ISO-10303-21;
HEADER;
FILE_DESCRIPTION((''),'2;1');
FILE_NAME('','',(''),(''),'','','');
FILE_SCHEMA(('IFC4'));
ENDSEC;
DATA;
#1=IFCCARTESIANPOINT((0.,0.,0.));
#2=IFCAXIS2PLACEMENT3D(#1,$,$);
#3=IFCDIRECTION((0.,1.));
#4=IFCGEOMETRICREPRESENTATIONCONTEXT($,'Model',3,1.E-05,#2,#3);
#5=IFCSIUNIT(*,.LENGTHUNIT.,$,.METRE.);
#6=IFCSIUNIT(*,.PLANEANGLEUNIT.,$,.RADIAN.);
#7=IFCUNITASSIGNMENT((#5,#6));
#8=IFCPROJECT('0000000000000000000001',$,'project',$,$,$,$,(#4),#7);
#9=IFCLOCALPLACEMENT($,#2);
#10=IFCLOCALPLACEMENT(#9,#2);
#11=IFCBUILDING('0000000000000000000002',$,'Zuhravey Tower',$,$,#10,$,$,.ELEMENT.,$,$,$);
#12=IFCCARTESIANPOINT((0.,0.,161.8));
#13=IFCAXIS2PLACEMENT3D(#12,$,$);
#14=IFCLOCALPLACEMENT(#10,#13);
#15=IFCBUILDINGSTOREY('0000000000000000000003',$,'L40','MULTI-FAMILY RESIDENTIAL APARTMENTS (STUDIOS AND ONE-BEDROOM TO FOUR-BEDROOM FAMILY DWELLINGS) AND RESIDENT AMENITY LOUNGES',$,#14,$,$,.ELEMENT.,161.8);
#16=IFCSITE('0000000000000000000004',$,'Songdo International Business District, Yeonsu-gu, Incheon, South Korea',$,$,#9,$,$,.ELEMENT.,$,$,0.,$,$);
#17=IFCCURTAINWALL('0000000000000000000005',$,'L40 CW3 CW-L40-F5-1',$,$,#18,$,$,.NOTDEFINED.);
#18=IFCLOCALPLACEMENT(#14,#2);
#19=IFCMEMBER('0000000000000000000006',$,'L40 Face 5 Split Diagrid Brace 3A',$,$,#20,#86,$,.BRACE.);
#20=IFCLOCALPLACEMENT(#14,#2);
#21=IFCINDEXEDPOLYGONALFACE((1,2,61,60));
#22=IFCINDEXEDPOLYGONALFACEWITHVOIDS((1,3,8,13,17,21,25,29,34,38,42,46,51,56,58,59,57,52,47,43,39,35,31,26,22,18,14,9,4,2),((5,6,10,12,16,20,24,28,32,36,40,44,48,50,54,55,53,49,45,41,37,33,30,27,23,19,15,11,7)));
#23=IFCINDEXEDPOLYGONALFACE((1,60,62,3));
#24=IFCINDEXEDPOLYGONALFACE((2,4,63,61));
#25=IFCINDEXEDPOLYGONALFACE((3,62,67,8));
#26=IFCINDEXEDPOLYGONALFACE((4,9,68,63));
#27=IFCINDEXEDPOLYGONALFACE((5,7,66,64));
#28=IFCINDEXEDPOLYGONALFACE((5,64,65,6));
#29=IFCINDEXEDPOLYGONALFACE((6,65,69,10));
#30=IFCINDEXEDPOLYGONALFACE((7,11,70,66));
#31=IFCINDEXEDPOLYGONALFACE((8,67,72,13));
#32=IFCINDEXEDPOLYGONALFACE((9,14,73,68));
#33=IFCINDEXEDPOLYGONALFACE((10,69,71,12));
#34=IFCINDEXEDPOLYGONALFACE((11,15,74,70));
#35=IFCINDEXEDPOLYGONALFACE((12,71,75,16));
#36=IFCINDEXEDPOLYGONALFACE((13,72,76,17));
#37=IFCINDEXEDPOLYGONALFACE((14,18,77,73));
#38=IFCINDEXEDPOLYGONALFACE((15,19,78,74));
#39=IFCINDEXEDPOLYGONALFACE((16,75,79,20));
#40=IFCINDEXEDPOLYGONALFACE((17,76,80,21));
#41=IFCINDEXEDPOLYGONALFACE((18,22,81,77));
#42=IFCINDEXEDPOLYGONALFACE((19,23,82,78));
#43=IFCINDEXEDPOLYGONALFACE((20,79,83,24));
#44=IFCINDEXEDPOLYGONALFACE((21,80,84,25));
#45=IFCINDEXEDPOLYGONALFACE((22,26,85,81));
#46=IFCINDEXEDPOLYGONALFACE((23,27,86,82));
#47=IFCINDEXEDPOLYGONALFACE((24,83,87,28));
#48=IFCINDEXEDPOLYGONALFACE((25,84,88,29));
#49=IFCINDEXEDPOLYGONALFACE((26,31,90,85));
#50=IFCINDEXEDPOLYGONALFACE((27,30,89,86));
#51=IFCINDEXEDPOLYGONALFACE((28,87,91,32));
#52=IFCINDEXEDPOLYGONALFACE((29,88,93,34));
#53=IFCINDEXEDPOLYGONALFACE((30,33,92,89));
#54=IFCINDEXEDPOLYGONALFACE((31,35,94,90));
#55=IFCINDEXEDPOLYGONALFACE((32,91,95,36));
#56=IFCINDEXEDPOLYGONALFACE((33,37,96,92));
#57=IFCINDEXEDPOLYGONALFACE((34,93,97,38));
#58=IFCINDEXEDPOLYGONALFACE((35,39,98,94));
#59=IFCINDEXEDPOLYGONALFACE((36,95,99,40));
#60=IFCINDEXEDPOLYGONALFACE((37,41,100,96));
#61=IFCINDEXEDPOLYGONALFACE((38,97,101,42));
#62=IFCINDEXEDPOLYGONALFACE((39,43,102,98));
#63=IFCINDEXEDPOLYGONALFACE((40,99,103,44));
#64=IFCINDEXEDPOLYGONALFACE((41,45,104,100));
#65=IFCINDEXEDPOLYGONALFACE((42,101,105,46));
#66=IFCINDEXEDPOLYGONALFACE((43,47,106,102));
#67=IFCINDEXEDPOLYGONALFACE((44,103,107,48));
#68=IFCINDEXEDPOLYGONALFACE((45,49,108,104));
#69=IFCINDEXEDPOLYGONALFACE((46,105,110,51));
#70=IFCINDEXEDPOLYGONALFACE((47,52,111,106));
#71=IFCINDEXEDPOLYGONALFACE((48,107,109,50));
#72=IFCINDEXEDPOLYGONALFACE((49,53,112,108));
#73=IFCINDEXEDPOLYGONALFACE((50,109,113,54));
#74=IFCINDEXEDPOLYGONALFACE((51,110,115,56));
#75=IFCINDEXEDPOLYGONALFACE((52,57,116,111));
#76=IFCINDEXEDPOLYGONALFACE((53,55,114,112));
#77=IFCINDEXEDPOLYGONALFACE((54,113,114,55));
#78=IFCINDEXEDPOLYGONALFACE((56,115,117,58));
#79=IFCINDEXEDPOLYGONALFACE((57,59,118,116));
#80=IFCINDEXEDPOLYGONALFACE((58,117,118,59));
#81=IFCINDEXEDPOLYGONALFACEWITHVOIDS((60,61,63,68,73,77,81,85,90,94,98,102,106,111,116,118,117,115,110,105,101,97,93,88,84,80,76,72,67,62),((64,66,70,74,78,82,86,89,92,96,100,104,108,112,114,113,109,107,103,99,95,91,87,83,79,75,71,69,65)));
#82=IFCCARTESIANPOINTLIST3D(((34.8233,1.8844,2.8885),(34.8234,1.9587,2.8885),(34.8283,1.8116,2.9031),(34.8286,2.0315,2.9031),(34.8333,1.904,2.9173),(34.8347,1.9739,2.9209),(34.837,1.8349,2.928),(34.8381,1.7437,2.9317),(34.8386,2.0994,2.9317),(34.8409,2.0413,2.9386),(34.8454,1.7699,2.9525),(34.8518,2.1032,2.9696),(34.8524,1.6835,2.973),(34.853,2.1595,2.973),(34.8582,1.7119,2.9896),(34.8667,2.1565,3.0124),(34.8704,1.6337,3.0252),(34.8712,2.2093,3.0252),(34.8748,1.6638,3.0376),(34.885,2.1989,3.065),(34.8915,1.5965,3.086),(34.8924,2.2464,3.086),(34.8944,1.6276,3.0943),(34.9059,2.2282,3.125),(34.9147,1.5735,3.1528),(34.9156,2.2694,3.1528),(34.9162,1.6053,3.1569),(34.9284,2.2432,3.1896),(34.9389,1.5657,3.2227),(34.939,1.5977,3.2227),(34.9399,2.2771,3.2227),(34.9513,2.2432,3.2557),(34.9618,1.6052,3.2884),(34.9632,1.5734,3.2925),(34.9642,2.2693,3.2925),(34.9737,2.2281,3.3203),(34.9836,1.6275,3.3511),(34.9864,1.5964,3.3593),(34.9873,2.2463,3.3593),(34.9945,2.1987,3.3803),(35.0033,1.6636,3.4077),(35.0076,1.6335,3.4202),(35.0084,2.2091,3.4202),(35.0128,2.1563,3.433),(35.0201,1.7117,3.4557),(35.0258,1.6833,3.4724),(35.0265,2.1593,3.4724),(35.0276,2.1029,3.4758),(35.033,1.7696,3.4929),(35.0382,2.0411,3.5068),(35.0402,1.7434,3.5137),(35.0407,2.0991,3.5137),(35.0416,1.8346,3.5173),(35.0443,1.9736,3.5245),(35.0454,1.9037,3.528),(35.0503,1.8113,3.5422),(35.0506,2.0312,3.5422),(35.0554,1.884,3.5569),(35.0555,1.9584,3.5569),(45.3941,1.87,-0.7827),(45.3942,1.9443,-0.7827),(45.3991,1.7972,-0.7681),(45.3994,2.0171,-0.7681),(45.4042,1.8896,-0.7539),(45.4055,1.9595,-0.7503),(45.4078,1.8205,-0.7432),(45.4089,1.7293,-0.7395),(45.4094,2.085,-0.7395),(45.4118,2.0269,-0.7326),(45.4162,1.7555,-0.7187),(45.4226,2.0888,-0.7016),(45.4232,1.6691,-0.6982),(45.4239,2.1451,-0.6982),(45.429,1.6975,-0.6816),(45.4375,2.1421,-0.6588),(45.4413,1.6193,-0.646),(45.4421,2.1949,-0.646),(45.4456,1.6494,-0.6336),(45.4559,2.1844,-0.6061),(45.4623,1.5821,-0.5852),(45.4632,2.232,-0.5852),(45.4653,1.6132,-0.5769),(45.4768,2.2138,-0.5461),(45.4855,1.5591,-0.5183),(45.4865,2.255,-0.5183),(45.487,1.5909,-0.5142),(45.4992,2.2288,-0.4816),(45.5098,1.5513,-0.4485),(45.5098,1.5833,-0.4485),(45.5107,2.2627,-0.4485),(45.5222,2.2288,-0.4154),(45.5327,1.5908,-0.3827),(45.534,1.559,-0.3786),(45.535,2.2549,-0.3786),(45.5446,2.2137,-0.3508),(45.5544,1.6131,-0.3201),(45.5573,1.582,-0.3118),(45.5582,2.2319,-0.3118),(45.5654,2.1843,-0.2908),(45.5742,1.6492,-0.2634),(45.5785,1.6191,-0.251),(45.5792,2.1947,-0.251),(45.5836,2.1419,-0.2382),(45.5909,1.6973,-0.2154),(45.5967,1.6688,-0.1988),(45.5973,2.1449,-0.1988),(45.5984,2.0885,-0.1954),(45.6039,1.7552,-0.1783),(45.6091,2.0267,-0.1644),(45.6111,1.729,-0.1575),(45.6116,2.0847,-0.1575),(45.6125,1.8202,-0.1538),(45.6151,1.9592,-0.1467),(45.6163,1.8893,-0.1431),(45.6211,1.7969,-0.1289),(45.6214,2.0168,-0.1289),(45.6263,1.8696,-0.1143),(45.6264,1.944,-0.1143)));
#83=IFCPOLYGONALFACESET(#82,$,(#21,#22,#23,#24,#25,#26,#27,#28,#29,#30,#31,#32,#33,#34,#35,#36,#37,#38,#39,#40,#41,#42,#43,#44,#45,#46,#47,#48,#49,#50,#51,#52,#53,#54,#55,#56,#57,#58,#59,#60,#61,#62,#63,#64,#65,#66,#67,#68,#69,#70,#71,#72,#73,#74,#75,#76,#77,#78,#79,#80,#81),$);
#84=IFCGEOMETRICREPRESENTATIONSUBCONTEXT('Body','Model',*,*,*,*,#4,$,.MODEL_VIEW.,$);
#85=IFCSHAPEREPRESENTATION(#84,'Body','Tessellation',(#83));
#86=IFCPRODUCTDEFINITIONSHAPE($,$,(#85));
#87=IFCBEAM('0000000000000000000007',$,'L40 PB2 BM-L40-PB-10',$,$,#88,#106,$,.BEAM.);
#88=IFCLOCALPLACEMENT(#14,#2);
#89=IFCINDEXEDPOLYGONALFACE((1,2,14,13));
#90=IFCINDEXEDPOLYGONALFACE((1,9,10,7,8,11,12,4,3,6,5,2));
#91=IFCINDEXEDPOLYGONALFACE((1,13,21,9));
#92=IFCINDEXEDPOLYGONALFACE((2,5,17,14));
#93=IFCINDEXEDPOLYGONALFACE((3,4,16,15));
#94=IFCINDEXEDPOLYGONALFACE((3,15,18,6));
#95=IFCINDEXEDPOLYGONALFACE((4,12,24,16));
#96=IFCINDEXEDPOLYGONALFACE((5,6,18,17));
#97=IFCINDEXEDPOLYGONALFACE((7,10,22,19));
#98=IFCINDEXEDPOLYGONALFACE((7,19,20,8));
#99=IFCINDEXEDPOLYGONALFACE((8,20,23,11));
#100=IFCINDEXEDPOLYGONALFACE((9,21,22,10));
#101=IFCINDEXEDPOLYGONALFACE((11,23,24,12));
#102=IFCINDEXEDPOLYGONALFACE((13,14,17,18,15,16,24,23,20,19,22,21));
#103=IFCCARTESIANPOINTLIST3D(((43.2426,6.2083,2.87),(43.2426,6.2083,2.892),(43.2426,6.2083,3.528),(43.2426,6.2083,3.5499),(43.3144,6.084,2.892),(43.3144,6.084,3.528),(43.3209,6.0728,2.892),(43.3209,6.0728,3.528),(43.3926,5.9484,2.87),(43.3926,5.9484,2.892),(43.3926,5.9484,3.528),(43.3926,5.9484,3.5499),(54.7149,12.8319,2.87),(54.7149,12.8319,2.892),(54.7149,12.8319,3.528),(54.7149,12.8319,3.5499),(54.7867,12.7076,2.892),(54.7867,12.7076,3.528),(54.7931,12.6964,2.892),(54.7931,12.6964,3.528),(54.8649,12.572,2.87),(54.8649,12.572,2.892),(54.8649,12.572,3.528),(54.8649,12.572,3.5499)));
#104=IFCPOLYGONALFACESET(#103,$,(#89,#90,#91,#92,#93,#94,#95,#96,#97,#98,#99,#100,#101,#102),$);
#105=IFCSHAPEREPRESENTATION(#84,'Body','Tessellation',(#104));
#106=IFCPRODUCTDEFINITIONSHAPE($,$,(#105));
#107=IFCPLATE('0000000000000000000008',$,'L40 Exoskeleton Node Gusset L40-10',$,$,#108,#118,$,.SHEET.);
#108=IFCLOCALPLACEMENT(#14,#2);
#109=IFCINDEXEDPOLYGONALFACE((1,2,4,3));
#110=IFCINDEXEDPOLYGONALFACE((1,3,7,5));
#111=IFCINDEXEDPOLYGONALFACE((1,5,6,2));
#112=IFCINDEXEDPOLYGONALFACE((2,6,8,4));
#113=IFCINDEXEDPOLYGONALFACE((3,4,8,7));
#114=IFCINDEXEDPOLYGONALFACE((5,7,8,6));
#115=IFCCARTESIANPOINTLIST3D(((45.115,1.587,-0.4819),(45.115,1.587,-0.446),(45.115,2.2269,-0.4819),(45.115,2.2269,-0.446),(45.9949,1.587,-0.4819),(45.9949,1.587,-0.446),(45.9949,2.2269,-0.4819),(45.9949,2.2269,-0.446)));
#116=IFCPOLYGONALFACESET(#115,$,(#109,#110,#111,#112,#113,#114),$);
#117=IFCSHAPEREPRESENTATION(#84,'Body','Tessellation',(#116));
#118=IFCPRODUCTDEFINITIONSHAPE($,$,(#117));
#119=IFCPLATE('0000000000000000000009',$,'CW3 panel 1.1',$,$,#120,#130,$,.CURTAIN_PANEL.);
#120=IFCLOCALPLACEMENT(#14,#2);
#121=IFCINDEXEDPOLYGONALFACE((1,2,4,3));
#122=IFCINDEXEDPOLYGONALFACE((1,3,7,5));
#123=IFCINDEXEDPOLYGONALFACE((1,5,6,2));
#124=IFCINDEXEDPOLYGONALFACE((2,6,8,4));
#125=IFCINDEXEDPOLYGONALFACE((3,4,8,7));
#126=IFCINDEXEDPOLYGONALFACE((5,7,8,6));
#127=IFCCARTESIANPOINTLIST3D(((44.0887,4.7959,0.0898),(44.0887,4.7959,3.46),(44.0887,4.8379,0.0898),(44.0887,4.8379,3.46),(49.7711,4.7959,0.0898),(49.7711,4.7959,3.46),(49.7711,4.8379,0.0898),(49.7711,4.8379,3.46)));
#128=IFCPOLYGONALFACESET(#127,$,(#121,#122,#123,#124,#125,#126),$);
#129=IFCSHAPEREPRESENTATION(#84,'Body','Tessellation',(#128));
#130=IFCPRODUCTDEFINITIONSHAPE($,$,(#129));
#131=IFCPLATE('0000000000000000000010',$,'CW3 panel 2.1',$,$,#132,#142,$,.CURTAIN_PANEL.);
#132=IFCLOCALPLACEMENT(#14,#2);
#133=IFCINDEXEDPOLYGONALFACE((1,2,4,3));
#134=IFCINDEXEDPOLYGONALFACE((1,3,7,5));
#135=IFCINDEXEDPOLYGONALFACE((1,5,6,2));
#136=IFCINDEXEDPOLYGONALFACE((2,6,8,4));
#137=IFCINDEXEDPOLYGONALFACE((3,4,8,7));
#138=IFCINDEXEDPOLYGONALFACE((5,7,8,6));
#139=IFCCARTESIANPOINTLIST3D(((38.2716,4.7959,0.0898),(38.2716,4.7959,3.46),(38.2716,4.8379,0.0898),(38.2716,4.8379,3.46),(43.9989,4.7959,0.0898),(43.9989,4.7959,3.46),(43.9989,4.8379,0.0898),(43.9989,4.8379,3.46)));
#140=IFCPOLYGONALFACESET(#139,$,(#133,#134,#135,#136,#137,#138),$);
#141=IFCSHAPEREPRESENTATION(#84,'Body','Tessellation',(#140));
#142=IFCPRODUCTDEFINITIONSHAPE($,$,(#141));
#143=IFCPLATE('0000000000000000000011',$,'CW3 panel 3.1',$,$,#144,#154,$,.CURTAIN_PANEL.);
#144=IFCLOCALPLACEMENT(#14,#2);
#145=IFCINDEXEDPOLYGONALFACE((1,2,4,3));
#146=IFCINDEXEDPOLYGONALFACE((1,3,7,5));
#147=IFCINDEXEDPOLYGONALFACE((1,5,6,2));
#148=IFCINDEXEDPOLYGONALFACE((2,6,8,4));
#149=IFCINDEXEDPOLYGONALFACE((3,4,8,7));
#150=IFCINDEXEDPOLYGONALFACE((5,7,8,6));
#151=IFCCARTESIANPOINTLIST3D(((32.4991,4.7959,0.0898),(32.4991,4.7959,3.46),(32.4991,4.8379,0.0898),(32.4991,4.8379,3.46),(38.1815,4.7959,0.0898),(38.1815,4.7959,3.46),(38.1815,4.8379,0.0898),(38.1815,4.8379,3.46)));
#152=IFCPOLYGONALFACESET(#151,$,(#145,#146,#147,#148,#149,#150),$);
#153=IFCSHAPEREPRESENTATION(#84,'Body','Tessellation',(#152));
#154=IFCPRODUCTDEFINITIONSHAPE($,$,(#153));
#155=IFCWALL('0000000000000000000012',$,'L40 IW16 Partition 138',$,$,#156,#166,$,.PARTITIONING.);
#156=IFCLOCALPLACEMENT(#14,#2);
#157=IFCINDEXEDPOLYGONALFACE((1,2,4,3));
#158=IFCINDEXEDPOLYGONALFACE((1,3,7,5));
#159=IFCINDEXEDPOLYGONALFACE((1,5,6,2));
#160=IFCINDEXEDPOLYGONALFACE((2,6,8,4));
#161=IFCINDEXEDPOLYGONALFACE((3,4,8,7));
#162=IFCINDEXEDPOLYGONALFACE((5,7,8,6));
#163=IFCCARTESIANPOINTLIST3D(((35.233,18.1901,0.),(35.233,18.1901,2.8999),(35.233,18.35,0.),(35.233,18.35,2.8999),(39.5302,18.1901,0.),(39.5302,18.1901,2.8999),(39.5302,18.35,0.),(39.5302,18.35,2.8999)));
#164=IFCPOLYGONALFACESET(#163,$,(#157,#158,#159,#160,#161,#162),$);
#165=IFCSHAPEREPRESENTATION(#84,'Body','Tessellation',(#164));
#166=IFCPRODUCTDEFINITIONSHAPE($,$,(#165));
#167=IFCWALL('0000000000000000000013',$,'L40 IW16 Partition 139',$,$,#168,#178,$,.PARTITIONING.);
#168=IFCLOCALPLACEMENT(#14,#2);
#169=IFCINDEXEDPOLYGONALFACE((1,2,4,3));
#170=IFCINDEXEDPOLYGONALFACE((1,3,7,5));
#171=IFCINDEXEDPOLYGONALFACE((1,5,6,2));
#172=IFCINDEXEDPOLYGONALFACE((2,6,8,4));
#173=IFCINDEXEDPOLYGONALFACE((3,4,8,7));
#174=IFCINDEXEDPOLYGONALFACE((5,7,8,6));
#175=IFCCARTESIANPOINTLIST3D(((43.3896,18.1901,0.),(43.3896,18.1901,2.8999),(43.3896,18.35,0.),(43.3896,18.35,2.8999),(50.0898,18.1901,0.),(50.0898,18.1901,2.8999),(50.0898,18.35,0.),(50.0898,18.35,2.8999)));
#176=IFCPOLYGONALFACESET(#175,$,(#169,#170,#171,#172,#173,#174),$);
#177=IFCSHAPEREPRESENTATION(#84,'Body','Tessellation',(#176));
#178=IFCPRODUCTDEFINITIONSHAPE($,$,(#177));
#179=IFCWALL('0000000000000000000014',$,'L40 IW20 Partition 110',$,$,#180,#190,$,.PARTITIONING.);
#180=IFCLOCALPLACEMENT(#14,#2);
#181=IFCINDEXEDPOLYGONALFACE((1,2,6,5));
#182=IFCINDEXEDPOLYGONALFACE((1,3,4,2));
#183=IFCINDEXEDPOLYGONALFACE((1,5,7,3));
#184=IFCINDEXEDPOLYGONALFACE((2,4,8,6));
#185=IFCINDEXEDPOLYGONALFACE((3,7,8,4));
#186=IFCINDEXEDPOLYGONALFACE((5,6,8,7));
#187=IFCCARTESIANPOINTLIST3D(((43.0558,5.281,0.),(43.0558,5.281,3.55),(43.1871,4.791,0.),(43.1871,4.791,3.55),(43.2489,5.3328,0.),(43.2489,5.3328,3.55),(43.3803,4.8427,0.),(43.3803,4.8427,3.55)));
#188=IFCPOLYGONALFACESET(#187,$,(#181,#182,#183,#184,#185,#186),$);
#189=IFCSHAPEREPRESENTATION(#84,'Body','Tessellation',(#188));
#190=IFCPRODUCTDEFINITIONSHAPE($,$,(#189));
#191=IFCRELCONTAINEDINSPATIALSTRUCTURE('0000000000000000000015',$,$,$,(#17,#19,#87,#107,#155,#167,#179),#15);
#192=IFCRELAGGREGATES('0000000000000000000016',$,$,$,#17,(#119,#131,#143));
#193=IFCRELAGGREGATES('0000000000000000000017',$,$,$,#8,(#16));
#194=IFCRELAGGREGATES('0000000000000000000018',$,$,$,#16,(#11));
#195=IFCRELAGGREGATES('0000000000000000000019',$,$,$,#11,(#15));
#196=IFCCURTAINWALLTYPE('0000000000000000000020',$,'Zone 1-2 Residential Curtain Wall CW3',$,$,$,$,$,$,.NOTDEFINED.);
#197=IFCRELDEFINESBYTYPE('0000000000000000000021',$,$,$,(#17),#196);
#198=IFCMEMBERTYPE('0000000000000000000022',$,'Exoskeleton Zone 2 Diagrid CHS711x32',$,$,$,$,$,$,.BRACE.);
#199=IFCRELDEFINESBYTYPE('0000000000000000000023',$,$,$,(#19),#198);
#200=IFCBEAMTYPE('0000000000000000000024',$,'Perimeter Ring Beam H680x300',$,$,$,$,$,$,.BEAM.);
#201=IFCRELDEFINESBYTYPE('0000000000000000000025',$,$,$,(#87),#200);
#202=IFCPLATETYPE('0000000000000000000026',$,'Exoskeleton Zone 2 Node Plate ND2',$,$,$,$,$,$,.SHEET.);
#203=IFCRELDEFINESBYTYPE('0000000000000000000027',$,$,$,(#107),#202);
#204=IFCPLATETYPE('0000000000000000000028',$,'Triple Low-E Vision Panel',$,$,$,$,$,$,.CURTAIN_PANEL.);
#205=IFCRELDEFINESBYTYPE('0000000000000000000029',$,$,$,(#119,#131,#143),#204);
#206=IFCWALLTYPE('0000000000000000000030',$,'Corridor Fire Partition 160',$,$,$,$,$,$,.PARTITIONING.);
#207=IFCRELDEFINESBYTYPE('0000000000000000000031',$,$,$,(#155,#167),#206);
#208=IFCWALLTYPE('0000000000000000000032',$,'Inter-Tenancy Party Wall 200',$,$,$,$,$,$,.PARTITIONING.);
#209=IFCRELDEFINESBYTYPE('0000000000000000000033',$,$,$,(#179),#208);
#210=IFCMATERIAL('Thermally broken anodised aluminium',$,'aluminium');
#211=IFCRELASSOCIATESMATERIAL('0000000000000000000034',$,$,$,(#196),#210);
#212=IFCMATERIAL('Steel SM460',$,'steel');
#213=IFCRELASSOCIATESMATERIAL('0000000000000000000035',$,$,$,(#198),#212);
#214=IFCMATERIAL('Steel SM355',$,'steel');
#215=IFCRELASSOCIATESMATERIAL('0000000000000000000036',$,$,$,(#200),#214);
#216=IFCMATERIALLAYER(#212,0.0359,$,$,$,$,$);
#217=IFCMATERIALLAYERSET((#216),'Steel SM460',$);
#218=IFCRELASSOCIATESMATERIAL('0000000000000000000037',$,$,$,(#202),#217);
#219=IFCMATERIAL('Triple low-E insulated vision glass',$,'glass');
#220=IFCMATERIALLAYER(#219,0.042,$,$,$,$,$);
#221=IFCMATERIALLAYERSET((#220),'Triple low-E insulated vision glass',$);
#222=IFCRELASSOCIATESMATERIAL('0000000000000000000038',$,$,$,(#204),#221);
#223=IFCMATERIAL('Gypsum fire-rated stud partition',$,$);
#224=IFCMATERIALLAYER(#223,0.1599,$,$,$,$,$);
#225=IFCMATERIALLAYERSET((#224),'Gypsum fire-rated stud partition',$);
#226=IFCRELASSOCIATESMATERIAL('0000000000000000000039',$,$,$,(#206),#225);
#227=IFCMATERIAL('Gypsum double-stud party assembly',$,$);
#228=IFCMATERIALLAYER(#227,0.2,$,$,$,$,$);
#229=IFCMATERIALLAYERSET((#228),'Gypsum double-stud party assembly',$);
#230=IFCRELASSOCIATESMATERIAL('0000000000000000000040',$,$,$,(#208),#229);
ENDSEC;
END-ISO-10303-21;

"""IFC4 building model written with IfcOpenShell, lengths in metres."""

from ifc_helpers import new_model, si_unit, direction, frame, frame_2d, origin, origin_2d, place, context, subcontext, project, spatial, rectangle, hollow_circle, i_section, extrude, material, layer, layer_set, material_profile, profile_set, type_object, element, aggregate, save


model = new_model("IFC4")

# Units and contexts
model_context = context("Model", 3, precision=1e-05, world=origin(), true_north=direction((0.0, 1.0)))
body_context = subcontext(model_context, "Body", "Model", "MODEL_VIEW")
ifc_project = project(units=[si_unit("LENGTHUNIT", "METRE"), si_unit("PLANEANGLEUNIT", "RADIAN")], contexts=[model_context])

# Site, building, storey
site_placement = place(None, origin())
site = spatial("IfcSite", under=ifc_project, at=site_placement, Name="Songdo International Business District, Yeonsu-gu, Incheon, South Korea", CompositionType="ELEMENT", RefElevation=0.0)
building_placement = place(site_placement, origin())
building = spatial("IfcBuilding", under=site, at=building_placement, Name="Zuhravey Tower", CompositionType="ELEMENT")
storey_placement = place(building_placement, frame((0.0, 0.0, 161.8)))
storey = spatial("IfcBuildingStorey", under=building, at=storey_placement, Name="L40", Description="MULTI-FAMILY RESIDENTIAL APARTMENTS (STUDIOS AND ONE-BEDROOM TO FOUR-BEDROOM FAMILY DWELLINGS) AND RESIDENT AMENITY LOUNGES", CompositionType="ELEMENT", Elevation=161.8)

# Curtain wall
ifc_material_1 = material(Name="Thermally broken anodised aluminium", Category="aluminium")
curtain_wall_type = type_object("IfcCurtainWallType", Name="Zone 1-2 Residential Curtain Wall CW3", PredefinedType="NOTDEFINED", material=ifc_material_1)
curtain_wall_placement = place(storey_placement, origin())
curtain_wall = element("IfcCurtainWall", 1, at=curtain_wall_placement, inside=storey, type_object=curtain_wall_type, Name="L40 CW3 CW-L40-F5-1", PredefinedType="NOTDEFINED")

# Member
ifc_material_2 = material(Name="Steel SM460", Category="steel")
ifc_material_profile_1 = material_profile(ifc_material_2, hollow_circle(Radius=0.3557, WallThickness=0.032, at=origin_2d()), Name="CHS-711.2x32")
ifc_profile_set_1 = profile_set([ifc_material_profile_1], Name="Steel SM460")
member_type_1 = type_object("IfcMemberType", Name="Exoskeleton Zone 2 Diagrid CHS711x32", PredefinedType="BRACE", material=ifc_profile_set_1)
member_1_placement = place(storey_placement, frame((45.5103, 1.907, -0.4485), z_axis=(-0.944653, 0.001287, 0.328069), x_axis=(-0.001363, -0.999999, 0.0)))
element("IfcMember", 2, at=member_1_placement, inside=storey, type_object=member_type_1, Name="L40 Face 5 Split Diagrid Brace 3A", PredefinedType="BRACE", context=body_context, shape_type="SweptSolid", body=[
    extrude(hollow_circle(Radius=0.3557, WallThickness=0.032, at=origin_2d()), origin(), (0.0, 0.0, 1.0), 11.1902),
])

# Beam
ifc_material_3 = material(Name="Steel SM355", Category="steel")
ifc_material_profile_2 = material_profile(ifc_material_3, i_section(OverallWidth=0.3, OverallDepth=0.6799, WebThickness=0.0129, FlangeThickness=0.022, at=origin_2d()), Name="H-680x300x13x22")
ifc_profile_set_2 = profile_set([ifc_material_profile_2], Name="Steel SM355")
beam_type = type_object("IfcBeamType", Name="Perimeter Ring Beam H680x300", PredefinedType="BEAM", material=ifc_profile_set_2)
beam_placement = place(storey_placement, frame((43.3176, 6.0784, 3.21), z_axis=(0.866023, 0.500004, 0.0), x_axis=(-0.500004, 0.866023, 0.0)))
element("IfcBeam", 3, at=beam_placement, inside=storey, type_object=beam_type, Name="L40 PB2 BM-L40-PB-10", PredefinedType="BEAM", context=body_context, shape_type="SweptSolid", body=[
    extrude(i_section(OverallWidth=0.3, OverallDepth=0.6799, WebThickness=0.0129, FlangeThickness=0.022, at=origin_2d()), origin(), (0.0, 0.0, 1.0), 13.2471),
])

# Plates
ifc_layer_1 = layer(ifc_material_2, 0.0359)
ifc_layer_set_1 = layer_set([ifc_layer_1], Name="Steel SM460")
plate_type_1 = type_object("IfcPlateType", Name="Exoskeleton Zone 2 Node Plate ND2", PredefinedType="SHEET", material=ifc_layer_set_1)
plate_1_placement = place(storey_placement, frame((45.5549, 1.907, -0.4819), z_axis=(0.0, 0.0, 1.0), x_axis=(1.0, 0.0, 0.0)))
element("IfcPlate", 4, at=plate_1_placement, inside=storey, type_object=plate_type_1, Name="L40 Exoskeleton Node Gusset L40-10", PredefinedType="SHEET", context=body_context, shape_type="SweptSolid", body=[
    extrude(rectangle(XDim=0.8799, YDim=0.6399, at=origin_2d()), origin(), (0.0, 0.0, 1.0), 0.0359),
])
ifc_material_4 = material(Name="Triple low-E insulated vision glass", Category="glass")
ifc_layer_2 = layer(ifc_material_4, 0.042)
ifc_layer_set_2 = layer_set([ifc_layer_2], Name="Triple low-E insulated vision glass")
plate_type_2 = type_object("IfcPlateType", Name="Triple Low-E Vision Panel", PredefinedType="CURTAIN_PANEL", material=ifc_layer_set_2)
plate_2_placement = place(storey_placement, frame((46.9299, 4.8169, 0.0898), z_axis=(0.0, 0.0, 1.0), x_axis=(-1.0, 0.0, 0.0)))
plate_2 = element("IfcPlate", 5, at=plate_2_placement, type_object=plate_type_2, Name="CW3 panel 1.1", PredefinedType="CURTAIN_PANEL", context=body_context, shape_type="SweptSolid", body=[
    extrude(rectangle(XDim=5.6824, YDim=0.042, at=origin_2d()), origin(), (0.0, 0.0, 1.0), 3.3701),
])
plate_3_placement = place(storey_placement, frame((41.1353, 4.8169, 0.0898), z_axis=(0.0, 0.0, 1.0), x_axis=(-1.0, 0.0, 0.0)))
plate_3 = element("IfcPlate", 6, at=plate_3_placement, type_object=plate_type_2, Name="CW3 panel 2.1", PredefinedType="CURTAIN_PANEL", context=body_context, shape_type="SweptSolid", body=[
    extrude(rectangle(XDim=5.7273, YDim=0.042, at=origin_2d()), origin(), (0.0, 0.0, 1.0), 3.3701),
])
plate_4_placement = place(storey_placement, frame((35.3403, 4.8169, 0.0898), z_axis=(0.0, 0.0, 1.0), x_axis=(-1.0, 0.0, 0.0)))
plate_4 = element("IfcPlate", 7, at=plate_4_placement, type_object=plate_type_2, Name="CW3 panel 3.1", PredefinedType="CURTAIN_PANEL", context=body_context, shape_type="SweptSolid", body=[
    extrude(rectangle(XDim=5.6824, YDim=0.042, at=origin_2d()), origin(), (0.0, 0.0, 1.0), 3.3701),
])
aggregate(curtain_wall, [plate_2, plate_3, plate_4])

# Shared definitions
ifc_material_5 = material(Name="Gypsum fire-rated stud partition")
ifc_layer_3 = layer(ifc_material_5, 0.1599)
ifc_layer_set_3 = layer_set([ifc_layer_3], Name="Gypsum fire-rated stud partition")
wall_type_1 = type_object("IfcWallType", Name="Corridor Fire Partition 160", PredefinedType="PARTITIONING", material=ifc_layer_set_3)

# Walls
wall_1_placement = place(storey_placement, frame((35.2332, 18.27, 0.0), z_axis=(0.0, 0.0, 1.0), x_axis=(1.0, 0.0, 0.0)))
element("IfcWall", 8, at=wall_1_placement, inside=storey, type_object=wall_type_1, Name="L40 IW16 Partition 138", PredefinedType="PARTITIONING", context=body_context, shape_type="SweptSolid", body=[
    extrude(rectangle(XDim=4.2971, YDim=0.1599, at=frame_2d((2.1484, 0.0))), origin(), (0.0, 0.0, 1.0), 2.8999),
])
wall_2_placement = place(storey_placement, frame((43.3896, 18.27, 0.0), z_axis=(0.0, 0.0, 1.0), x_axis=(1.0, 0.0, 0.0)))
element("IfcWall", 9, at=wall_2_placement, inside=storey, type_object=wall_type_1, Name="L40 IW16 Partition 139", PredefinedType="PARTITIONING", context=body_context, shape_type="SweptSolid", body=[
    extrude(rectangle(XDim=6.7002, YDim=0.1599, at=frame_2d((3.3501, 0.0))), origin(), (0.0, 0.0, 1.0), 2.8999),
])
ifc_material_6 = material(Name="Gypsum double-stud party assembly")
ifc_layer_4 = layer(ifc_material_6, 0.2)
ifc_layer_set_4 = layer_set([ifc_layer_4], Name="Gypsum double-stud party assembly")
wall_type_2 = type_object("IfcWallType", Name="Inter-Tenancy Party Wall 200", PredefinedType="PARTITIONING", material=ifc_layer_set_4)
wall_3_placement = place(storey_placement, frame((43.1523, 5.3069, 0.0), z_axis=(0.0, 0.0, 1.0), x_axis=(0.258921, -0.965899, 0.0)))
element("IfcWall", 10, at=wall_3_placement, inside=storey, type_object=wall_type_2, Name="L40 IW20 Partition 110", PredefinedType="PARTITIONING", context=body_context, shape_type="SweptSolid", body=[
    extrude(rectangle(XDim=0.5073, YDim=0.2, at=frame_2d((0.2537, 0.0))), origin(), (0.0, 0.0, 1.0), 3.55),
])

save(model, "model.ifc")
